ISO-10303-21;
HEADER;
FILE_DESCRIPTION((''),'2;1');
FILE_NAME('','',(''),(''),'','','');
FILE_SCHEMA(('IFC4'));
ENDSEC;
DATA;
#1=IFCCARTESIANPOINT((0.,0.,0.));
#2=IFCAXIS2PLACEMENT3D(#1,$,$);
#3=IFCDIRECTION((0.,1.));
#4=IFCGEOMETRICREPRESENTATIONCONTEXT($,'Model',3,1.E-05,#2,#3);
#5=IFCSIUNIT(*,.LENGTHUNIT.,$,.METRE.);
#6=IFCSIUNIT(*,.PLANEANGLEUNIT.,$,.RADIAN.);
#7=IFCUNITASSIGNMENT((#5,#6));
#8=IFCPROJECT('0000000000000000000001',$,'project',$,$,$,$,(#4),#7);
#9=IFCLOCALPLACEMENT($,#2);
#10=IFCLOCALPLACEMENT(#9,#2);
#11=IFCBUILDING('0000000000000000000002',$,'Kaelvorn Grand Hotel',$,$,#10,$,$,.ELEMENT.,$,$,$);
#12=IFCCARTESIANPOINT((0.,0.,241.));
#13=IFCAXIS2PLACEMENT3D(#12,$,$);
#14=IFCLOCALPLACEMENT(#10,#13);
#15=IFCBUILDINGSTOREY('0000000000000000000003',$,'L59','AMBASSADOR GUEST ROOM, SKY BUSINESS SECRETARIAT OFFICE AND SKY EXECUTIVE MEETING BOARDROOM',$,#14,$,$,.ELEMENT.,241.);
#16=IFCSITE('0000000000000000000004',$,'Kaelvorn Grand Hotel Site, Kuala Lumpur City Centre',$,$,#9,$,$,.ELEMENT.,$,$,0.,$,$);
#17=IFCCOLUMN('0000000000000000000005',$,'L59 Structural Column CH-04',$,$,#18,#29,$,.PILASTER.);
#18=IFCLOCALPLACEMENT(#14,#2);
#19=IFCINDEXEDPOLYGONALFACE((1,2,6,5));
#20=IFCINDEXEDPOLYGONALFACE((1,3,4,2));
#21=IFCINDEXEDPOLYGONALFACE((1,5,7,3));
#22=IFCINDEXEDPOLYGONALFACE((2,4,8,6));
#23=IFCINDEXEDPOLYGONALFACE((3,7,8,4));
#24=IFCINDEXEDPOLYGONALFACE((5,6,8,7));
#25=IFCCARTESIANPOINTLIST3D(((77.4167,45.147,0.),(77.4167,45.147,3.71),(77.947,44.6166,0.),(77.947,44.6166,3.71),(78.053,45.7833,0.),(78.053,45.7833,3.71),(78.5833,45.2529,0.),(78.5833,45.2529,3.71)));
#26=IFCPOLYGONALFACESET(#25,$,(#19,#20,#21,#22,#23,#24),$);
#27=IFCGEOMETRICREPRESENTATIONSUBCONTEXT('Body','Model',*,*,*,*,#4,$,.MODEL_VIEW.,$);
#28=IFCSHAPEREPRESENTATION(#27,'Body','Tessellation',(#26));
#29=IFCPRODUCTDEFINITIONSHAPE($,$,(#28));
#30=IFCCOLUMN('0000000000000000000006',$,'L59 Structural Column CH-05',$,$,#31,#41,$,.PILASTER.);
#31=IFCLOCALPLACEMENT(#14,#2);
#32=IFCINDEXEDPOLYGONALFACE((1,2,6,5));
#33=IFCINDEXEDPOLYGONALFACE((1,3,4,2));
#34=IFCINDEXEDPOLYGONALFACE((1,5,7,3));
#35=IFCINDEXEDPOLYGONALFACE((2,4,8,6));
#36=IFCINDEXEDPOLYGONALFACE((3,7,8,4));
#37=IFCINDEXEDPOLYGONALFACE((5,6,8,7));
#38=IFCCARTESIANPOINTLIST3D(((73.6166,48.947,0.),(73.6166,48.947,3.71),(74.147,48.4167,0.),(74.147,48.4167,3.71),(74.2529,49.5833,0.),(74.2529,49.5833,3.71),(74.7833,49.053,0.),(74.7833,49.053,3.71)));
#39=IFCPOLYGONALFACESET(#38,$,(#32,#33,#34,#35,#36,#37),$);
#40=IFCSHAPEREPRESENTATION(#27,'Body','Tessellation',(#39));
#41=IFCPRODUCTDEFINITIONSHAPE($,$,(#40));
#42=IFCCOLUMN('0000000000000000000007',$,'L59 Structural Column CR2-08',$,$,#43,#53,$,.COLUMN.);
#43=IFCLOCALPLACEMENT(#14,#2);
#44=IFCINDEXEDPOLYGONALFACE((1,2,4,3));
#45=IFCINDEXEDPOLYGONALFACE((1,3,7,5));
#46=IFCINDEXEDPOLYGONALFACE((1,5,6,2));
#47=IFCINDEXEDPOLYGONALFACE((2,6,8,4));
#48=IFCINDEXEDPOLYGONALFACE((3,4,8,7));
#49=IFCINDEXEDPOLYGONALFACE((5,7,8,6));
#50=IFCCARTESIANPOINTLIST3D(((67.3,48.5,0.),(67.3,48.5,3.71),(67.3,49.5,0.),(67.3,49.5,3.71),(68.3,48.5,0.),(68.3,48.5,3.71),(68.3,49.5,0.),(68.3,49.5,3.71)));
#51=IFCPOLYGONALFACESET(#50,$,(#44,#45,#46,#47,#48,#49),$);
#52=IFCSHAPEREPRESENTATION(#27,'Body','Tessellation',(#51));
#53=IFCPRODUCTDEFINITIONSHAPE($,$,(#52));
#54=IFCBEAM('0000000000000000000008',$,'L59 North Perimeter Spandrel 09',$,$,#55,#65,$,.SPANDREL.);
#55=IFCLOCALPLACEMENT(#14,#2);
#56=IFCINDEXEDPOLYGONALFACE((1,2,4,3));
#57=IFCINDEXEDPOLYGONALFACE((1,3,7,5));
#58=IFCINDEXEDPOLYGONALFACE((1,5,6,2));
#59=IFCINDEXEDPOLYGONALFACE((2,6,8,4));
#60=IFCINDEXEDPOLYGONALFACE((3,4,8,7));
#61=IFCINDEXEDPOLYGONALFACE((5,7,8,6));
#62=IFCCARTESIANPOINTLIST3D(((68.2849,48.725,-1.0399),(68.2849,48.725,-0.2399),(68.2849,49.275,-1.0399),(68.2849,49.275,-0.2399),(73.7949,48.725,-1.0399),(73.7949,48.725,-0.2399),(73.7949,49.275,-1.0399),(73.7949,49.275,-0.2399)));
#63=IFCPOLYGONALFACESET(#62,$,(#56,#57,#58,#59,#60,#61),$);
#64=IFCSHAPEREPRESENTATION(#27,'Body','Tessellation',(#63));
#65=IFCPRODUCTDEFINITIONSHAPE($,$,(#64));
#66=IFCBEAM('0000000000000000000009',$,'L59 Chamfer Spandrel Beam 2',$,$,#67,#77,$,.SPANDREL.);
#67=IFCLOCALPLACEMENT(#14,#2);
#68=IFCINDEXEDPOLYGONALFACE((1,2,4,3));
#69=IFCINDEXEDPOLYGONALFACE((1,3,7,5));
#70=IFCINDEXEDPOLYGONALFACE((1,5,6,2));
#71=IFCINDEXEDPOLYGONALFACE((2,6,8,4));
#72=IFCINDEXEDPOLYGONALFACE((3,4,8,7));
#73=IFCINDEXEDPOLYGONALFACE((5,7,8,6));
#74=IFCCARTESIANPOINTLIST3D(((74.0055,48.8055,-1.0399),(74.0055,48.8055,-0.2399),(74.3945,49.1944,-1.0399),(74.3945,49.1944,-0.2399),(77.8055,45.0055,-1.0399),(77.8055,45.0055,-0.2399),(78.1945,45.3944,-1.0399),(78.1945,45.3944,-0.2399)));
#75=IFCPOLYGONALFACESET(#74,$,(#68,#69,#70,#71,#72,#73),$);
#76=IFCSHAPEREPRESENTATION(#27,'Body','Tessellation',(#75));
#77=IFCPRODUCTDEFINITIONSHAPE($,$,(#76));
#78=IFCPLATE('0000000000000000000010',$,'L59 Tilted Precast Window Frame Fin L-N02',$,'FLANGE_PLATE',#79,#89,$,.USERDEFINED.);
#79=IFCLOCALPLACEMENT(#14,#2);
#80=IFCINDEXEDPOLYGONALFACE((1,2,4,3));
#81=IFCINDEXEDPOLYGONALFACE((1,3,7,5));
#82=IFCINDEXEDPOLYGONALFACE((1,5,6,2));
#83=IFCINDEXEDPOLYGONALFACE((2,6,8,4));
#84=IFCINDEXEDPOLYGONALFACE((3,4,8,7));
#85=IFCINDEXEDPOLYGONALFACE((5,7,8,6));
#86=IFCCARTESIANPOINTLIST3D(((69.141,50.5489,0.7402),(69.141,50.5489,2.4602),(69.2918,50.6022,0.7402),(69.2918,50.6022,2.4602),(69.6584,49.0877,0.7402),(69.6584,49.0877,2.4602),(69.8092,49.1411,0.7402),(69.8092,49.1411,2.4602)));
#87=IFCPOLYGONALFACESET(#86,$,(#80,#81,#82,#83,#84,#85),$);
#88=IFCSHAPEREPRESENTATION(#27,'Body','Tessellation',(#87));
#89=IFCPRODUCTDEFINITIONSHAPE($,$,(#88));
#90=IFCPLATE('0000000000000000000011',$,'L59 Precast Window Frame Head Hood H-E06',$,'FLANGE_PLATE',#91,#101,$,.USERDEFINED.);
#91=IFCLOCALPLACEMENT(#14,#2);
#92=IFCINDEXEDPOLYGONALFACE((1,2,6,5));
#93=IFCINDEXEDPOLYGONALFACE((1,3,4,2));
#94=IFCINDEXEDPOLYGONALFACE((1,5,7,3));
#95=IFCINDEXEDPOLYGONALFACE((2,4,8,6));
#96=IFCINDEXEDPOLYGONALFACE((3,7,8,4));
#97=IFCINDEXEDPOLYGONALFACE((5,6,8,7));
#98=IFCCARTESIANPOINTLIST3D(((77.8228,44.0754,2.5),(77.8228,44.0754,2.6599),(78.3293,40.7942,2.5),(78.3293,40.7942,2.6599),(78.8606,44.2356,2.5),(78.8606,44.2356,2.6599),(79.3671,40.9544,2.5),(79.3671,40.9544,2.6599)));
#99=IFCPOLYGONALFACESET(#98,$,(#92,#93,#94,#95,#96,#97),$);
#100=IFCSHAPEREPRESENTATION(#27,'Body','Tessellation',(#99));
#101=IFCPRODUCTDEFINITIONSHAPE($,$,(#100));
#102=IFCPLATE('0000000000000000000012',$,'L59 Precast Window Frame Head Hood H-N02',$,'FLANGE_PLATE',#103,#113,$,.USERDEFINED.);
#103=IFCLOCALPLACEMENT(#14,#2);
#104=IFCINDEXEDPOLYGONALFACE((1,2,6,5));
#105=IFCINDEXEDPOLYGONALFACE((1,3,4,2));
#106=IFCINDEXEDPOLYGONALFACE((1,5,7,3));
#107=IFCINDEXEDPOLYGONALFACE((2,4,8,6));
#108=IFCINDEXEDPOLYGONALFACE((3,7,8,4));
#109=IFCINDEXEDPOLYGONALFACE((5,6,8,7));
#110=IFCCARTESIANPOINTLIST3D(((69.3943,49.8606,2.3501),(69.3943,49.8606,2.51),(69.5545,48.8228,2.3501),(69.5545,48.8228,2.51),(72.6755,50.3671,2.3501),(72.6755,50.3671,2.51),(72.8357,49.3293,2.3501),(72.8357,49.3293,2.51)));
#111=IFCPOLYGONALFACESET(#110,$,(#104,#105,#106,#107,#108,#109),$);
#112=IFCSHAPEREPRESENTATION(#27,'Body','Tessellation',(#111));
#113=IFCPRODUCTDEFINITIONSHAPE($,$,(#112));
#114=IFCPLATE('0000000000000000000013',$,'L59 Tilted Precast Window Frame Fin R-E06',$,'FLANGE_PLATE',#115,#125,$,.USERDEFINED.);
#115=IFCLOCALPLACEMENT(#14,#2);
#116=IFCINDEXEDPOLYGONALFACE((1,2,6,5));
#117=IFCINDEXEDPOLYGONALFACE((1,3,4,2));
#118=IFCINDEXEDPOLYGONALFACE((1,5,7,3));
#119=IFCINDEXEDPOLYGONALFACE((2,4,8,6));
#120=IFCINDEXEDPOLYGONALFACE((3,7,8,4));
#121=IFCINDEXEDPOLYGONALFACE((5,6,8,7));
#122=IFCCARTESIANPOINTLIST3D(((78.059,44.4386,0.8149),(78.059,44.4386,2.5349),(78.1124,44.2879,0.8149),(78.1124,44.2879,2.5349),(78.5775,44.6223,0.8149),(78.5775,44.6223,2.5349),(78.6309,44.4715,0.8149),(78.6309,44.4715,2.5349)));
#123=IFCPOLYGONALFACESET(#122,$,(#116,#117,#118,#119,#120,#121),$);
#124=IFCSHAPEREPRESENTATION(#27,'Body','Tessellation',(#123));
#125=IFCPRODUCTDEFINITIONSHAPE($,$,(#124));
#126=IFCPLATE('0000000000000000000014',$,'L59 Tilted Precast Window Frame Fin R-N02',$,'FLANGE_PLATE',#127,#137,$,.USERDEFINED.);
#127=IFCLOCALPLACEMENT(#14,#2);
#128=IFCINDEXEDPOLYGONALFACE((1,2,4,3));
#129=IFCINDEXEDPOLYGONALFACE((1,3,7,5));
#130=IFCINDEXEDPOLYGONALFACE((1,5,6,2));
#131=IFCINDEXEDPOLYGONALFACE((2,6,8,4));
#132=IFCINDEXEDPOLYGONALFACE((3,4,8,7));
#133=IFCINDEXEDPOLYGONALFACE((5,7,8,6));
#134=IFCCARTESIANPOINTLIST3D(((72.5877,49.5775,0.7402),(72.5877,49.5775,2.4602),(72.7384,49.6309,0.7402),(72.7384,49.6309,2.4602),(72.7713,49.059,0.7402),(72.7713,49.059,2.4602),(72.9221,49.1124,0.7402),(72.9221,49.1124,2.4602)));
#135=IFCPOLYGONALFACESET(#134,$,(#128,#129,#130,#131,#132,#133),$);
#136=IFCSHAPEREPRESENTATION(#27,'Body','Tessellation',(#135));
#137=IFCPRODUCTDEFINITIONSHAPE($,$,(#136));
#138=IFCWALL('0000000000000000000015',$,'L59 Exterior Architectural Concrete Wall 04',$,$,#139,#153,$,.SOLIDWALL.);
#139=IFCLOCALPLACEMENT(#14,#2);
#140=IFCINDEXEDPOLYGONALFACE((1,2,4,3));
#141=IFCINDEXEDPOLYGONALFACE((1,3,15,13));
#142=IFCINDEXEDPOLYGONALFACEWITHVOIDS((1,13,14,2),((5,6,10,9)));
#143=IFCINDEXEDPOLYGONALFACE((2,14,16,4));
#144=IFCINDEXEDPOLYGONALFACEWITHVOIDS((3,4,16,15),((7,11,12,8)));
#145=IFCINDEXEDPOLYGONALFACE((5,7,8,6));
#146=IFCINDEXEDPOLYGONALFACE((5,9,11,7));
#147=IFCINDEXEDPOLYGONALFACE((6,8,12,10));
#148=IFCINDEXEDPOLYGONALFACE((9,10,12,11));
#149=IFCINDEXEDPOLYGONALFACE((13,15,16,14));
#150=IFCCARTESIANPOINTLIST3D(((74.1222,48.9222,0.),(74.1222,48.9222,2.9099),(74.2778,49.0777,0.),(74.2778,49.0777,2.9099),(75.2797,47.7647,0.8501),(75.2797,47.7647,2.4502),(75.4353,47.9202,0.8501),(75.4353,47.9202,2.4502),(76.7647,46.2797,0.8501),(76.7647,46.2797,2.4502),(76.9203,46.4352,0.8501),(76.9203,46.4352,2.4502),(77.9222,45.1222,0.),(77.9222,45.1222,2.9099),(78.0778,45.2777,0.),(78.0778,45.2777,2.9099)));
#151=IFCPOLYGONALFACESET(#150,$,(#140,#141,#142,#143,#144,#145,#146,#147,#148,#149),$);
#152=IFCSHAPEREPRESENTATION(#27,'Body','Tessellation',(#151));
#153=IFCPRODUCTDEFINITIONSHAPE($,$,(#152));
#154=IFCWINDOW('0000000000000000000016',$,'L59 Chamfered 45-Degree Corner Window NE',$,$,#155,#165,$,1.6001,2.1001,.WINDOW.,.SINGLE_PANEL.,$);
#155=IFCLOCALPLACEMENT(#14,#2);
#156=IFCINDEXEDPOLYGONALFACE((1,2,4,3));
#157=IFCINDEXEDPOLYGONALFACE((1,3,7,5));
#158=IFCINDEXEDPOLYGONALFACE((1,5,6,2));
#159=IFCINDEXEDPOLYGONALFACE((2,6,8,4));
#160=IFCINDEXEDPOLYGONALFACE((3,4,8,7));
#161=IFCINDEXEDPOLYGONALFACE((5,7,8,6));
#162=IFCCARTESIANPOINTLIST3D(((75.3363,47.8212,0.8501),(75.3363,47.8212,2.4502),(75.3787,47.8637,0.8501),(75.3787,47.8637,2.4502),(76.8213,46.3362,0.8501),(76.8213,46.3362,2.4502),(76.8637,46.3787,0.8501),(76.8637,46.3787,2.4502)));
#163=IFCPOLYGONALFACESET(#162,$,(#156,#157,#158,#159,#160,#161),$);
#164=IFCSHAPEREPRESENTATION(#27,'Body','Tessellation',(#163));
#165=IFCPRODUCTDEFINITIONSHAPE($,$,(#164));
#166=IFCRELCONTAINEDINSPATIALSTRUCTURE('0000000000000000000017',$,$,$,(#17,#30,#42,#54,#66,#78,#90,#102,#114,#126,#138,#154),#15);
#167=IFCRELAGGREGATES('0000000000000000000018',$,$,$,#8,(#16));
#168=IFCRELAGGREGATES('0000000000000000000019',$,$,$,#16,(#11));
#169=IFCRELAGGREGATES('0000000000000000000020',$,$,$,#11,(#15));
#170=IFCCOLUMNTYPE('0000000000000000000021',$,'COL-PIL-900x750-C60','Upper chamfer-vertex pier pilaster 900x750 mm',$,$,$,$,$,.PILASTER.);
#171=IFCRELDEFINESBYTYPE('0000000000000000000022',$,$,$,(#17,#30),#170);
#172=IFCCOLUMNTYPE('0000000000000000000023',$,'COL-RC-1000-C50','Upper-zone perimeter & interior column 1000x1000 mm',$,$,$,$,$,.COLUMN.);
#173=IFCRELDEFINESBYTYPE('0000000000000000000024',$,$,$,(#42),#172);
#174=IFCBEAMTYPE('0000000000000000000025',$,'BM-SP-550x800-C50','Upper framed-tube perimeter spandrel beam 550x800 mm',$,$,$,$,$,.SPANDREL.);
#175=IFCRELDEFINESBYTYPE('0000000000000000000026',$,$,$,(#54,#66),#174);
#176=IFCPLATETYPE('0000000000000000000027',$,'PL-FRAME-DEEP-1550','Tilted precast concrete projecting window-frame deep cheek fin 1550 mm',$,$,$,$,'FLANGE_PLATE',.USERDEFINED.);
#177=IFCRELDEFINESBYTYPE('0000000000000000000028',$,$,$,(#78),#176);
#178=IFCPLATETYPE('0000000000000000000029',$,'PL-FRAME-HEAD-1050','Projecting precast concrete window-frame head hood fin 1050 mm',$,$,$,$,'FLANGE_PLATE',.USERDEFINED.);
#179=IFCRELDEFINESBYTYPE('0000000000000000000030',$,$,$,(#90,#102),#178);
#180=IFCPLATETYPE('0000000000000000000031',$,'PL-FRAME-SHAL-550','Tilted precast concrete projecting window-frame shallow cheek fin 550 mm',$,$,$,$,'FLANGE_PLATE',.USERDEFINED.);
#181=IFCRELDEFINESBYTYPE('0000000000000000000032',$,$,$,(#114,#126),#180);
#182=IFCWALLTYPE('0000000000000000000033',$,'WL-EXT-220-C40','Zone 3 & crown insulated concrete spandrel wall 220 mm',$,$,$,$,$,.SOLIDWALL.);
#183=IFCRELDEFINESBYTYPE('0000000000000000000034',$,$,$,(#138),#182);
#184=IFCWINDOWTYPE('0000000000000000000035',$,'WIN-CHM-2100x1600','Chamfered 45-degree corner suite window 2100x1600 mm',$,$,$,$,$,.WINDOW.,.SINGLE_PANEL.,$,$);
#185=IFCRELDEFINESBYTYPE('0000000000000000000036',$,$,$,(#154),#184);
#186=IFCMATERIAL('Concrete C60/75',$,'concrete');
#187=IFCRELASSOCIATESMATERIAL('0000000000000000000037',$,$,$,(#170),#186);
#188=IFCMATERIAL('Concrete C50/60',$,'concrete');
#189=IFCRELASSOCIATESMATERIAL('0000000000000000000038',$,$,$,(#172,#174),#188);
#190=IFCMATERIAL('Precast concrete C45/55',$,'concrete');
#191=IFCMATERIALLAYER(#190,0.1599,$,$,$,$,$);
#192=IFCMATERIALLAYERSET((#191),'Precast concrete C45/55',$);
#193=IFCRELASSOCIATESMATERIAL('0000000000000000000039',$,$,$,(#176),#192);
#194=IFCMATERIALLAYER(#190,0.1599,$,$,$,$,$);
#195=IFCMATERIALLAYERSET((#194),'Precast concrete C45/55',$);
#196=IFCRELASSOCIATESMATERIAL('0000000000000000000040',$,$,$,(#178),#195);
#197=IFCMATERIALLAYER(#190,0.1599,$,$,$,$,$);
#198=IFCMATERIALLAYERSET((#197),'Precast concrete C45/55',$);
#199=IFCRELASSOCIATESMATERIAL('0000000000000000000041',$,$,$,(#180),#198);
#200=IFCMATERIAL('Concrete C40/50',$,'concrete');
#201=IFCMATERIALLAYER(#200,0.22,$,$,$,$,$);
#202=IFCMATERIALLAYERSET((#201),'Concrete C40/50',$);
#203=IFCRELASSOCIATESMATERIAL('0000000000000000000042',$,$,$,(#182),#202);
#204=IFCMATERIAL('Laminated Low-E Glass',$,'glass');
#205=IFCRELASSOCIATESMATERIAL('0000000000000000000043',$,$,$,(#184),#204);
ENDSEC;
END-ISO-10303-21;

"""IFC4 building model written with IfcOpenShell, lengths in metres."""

from ifc_helpers import new_model, si_unit, direction, frame, frame_2d, origin, origin_2d, place, context, subcontext, project, spatial, rectangle, extrude, material, layer, layer_set, material_profile, profile_set, type_object, element, fill, save


model = new_model("IFC4")

# Units and contexts
model_context = context("Model", 3, precision=1e-05, world=origin(), true_north=direction((0.0, 1.0)))
body_context = subcontext(model_context, "Body", "Model", "MODEL_VIEW")
ifc_project = project(units=[si_unit("LENGTHUNIT", "METRE"), si_unit("PLANEANGLEUNIT", "RADIAN")], contexts=[model_context])

# Site, building, storey
site_placement = place(None, origin())
site = spatial("IfcSite", under=ifc_project, at=site_placement, Name="Kaelvorn Grand Hotel Site, Kuala Lumpur City Centre", CompositionType="ELEMENT", RefElevation=0.0)
building_placement = place(site_placement, origin())
building = spatial("IfcBuilding", under=site, at=building_placement, Name="Kaelvorn Grand Hotel", CompositionType="ELEMENT")
storey_placement = place(building_placement, frame((0.0, 0.0, 241.0)))
storey = spatial("IfcBuildingStorey", under=building, at=storey_placement, Name="L59", Description="AMBASSADOR GUEST ROOM, SKY BUSINESS SECRETARIAT OFFICE AND SKY EXECUTIVE MEETING BOARDROOM", CompositionType="ELEMENT", Elevation=241.0)

# Columns
ifc_material_1 = material(Name="Concrete C60/75", Category="concrete")
ifc_material_profile_1 = material_profile(ifc_material_1, rectangle(XDim=0.8999, YDim=0.75, at=origin_2d()), Name="RC PILASTER 900x750")
ifc_profile_set_1 = profile_set([ifc_material_profile_1], Name="Concrete C60/75")
column_type_1 = type_object("IfcColumnType", Name="COL-PIL-900x750-C60", Description="Upper chamfer-vertex pier pilaster 900x750 mm", PredefinedType="PILASTER", material=ifc_profile_set_1)
for number, where, z_axis, x_axis, name in (
    (1, (78.0, 45.2, 0.0), (0.0, 0.0, 1.0), (0.707107, 0.707107, 0.0), "L59 Structural Column CH-04"),
    (2, (74.2, 49.0, 0.0), (0.0, 0.0, 1.0), (0.707107, 0.707107, 0.0), "L59 Structural Column CH-05"),
):
    element("IfcColumn", number, at=place(storey_placement, frame(where, z_axis=z_axis, x_axis=x_axis)), inside=storey, type_object=column_type_1, Name=name, PredefinedType="PILASTER", context=body_context, shape_type="SweptSolid", body=[
        extrude(rectangle(XDim=0.8999, YDim=0.75, at=origin_2d()), origin(), (0.0, 0.0, 1.0), 3.71),
    ])
ifc_material_2 = material(Name="Concrete C50/60", Category="concrete")
ifc_material_profile_2 = material_profile(ifc_material_2, rectangle(XDim=1.0, YDim=1.0, at=origin_2d()), Name="RC COL 1000x1000")
ifc_profile_set_2 = profile_set([ifc_material_profile_2], Name="Concrete C50/60")
column_type_2 = type_object("IfcColumnType", Name="COL-RC-1000-C50", Description="Upper-zone perimeter & interior column 1000x1000 mm", PredefinedType="COLUMN", material=ifc_profile_set_2)
column_placement = place(storey_placement, frame((67.8, 49.0, 0.0), z_axis=(0.0, 0.0, 1.0), x_axis=(1.0, 0.0, 0.0)))
element("IfcColumn", 3, at=column_placement, inside=storey, type_object=column_type_2, Name="L59 Structural Column CR2-08", PredefinedType="COLUMN", context=body_context, shape_type="SweptSolid", body=[
    extrude(rectangle(XDim=1.0, YDim=1.0, at=origin_2d()), origin(), (0.0, 0.0, 1.0), 3.71),
])

# Beams
ifc_material_profile_3 = material_profile(ifc_material_2, rectangle(XDim=0.55, YDim=0.8, at=origin_2d()), Name="RC SPANDREL 550x800")
ifc_profile_set_3 = profile_set([ifc_material_profile_3], Name="Concrete C50/60")
beam_type = type_object("IfcBeamType", Name="BM-SP-550x800-C50", Description="Upper framed-tube perimeter spandrel beam 550x800 mm", PredefinedType="SPANDREL", material=ifc_profile_set_3)
beam_1_placement = place(storey_placement, frame((68.2849, 49.0, -0.6399), z_axis=(1.0, 0.0, 0.0), x_axis=(0.0, 1.0, 0.0)))
element("IfcBeam", 4, at=beam_1_placement, inside=storey, type_object=beam_type, Name="L59 North Perimeter Spandrel 09", PredefinedType="SPANDREL", context=body_context, shape_type="SweptSolid", body=[
    extrude(rectangle(XDim=0.55, YDim=0.8, at=origin_2d()), origin(), (0.0, 0.0, 1.0), 5.51),
])
beam_2_placement = place(storey_placement, frame((78.0, 45.2, -0.6399), z_axis=(-0.707107, 0.707107, 0.0), x_axis=(-0.707107, -0.707107, 0.0)))
element("IfcBeam", 5, at=beam_2_placement, inside=storey, type_object=beam_type, Name="L59 Chamfer Spandrel Beam 2", PredefinedType="SPANDREL", context=body_context, shape_type="SweptSolid", body=[
    extrude(rectangle(XDim=0.55, YDim=0.8, at=origin_2d()), origin(), (0.0, 0.0, 1.0), 5.374),
])

# Plates
ifc_material_3 = material(Name="Precast concrete C45/55", Category="concrete")
ifc_layer_1 = layer(ifc_material_3, 0.1599)
ifc_layer_set_1 = layer_set([ifc_layer_1], Name="Precast concrete C45/55")
plate_type_1 = type_object("IfcPlateType", Name="PL-FRAME-DEEP-1550", Description="Tilted precast concrete projecting window-frame deep cheek fin 1550 mm", ElementType="FLANGE_PLATE", PredefinedType="USERDEFINED", material=ifc_layer_set_1)
plate_placement = place(storey_placement, frame((69.4751, 49.845, 0.7402), z_axis=(0.0, 0.0, 1.0), x_axis=(0.942641, 0.333807, 0.0)))
element("IfcPlate", 6, at=plate_placement, inside=storey, type_object=plate_type_1, Name="L59 Tilted Precast Window Frame Fin L-N02", ObjectType="FLANGE_PLATE", PredefinedType="USERDEFINED", context=body_context, shape_type="SweptSolid", body=[
    extrude(rectangle(XDim=0.1599, YDim=1.55, at=origin_2d()), origin(), (0.0, 0.0, 1.0), 1.72),
])
ifc_layer_2 = layer(ifc_material_3, 0.1599)
ifc_layer_set_2 = layer_set([ifc_layer_2], Name="Precast concrete C45/55")
plate_type_2 = type_object("IfcPlateType", Name="PL-FRAME-HEAD-1050", Description="Projecting precast concrete window-frame head hood fin 1050 mm", ElementType="FLANGE_PLATE", PredefinedType="USERDEFINED", material=ifc_layer_set_2)
for number, where, z_axis, x_axis, name in (
    (7, (78.595, 42.5149, 2.5), (0.0, 0.0, 1.0), (-0.152555, 0.988295, 0.0), "L59 Precast Window Frame Head Hood H-E06"),
    (8, (71.115, 49.595, 2.3501), (0.0, 0.0, 1.0), (0.988295, 0.152555, 0.0), "L59 Precast Window Frame Head Hood H-N02"),
):
    element("IfcPlate", number, at=place(storey_placement, frame(where, z_axis=z_axis, x_axis=x_axis)), inside=storey, type_object=plate_type_2, Name=name, ObjectType="FLANGE_PLATE", PredefinedType="USERDEFINED", context=body_context, shape_type="SweptSolid", body=[
        extrude(rectangle(XDim=3.3201, YDim=1.05, at=origin_2d()), origin(), (0.0, 0.0, 1.0), 0.1599),
    ])
ifc_layer_3 = layer(ifc_material_3, 0.1599)
ifc_layer_set_3 = layer_set([ifc_layer_3], Name="Precast concrete C45/55")
plate_type_3 = type_object("IfcPlateType", Name="PL-FRAME-SHAL-550", Description="Tilted precast concrete projecting window-frame shallow cheek fin 550 mm", ElementType="FLANGE_PLATE", PredefinedType="USERDEFINED", material=ifc_layer_set_3)
for number, where, z_axis, x_axis, name in (
    (9, (78.345, 44.4551, 0.8149), (0.0, 0.0, 1.0), (-0.333807, 0.942641, 0.0), "L59 Tilted Precast Window Frame Fin R-E06"),
    (10, (72.7549, 49.345, 0.7402), (0.0, 0.0, 1.0), (0.942641, 0.333807, 0.0), "L59 Tilted Precast Window Frame Fin R-N02"),
):
    element("IfcPlate", number, at=place(storey_placement, frame(where, z_axis=z_axis, x_axis=x_axis)), inside=storey, type_object=plate_type_3, Name=name, ObjectType="FLANGE_PLATE", PredefinedType="USERDEFINED", context=body_context, shape_type="SweptSolid", body=[
        extrude(rectangle(XDim=0.1599, YDim=0.55, at=origin_2d()), origin(), (0.0, 0.0, 1.0), 1.72),
    ])

# Wall, opening, window
ifc_material_4 = material(Name="Concrete C40/50", Category="concrete")
ifc_layer_4 = layer(ifc_material_4, 0.22)
ifc_layer_set_4 = layer_set([ifc_layer_4], Name="Concrete C40/50")
wall_type = type_object("IfcWallType", Name="WL-EXT-220-C40", Description="Zone 3 & crown insulated concrete spandrel wall 220 mm", PredefinedType="SOLIDWALL", material=ifc_layer_set_4)
wall_1_placement = place(storey_placement, frame((78.0, 45.2, 0.0), z_axis=(0.0, 0.0, 1.0), x_axis=(-0.707107, 0.707107, 0.0)))
wall_1 = element("IfcWall", 11, at=wall_1_placement, inside=storey, type_object=wall_type, Name="L59 Exterior Architectural Concrete Wall 04", PredefinedType="SOLIDWALL", context=body_context, shape_type="SweptSolid", body=[
    extrude(rectangle(XDim=5.374, YDim=0.22, at=frame_2d((2.687, 0.0))), origin(), (0.0, 0.0, 1.0), 2.9099),
])
opening_1_placement = place(wall_1_placement, frame((1.637, 0.0, 0.8501)))
opening_1 = element("IfcOpeningElement", 12, at=opening_1_placement, cuts=wall_1, PredefinedType="OPENING", context=body_context, shape_type="SweptSolid", body=[
    extrude(rectangle(XDim=2.1001, YDim=1.6001, at=frame_2d((1.05, 0.8))), frame((0.0, 0.1201, 0.0), z_axis=(0.0, -1.0, 0.0), x_axis=(1.0, 0.0, 0.0)), (0.0, 0.0, 1.0), 0.24),
])
ifc_material_5 = material(Name="Laminated Low-E Glass", Category="glass")
window_type_1 = type_object("IfcWindowType", Name="WIN-CHM-2100x1600", Description="Chamfered 45-degree corner suite window 2100x1600 mm", PartitioningType="SINGLE_PANEL", PredefinedType="WINDOW", material=ifc_material_5)
window_1_placement = place(opening_1_placement, origin())
window_1 = element("IfcWindow", 13, at=window_1_placement, inside=storey, type_object=window_type_1, Name="L59 Chamfered 45-Degree Corner Window NE", OverallHeight=1.6001, OverallWidth=2.1001, PartitioningType="SINGLE_PANEL", PredefinedType="WINDOW", context=body_context, shape_type="SweptSolid", body=[
    extrude(rectangle(XDim=2.1001, YDim=1.6001, at=frame_2d((1.05, 0.8))), frame((0.0, 0.03, 0.0), z_axis=(0.0, -1.0, 0.0), x_axis=(1.0, 0.0, 0.0)), (0.0, 0.0, 1.0), 0.0601),
])
fill(opening_1, window_1)

save(model, "model.ifc")
